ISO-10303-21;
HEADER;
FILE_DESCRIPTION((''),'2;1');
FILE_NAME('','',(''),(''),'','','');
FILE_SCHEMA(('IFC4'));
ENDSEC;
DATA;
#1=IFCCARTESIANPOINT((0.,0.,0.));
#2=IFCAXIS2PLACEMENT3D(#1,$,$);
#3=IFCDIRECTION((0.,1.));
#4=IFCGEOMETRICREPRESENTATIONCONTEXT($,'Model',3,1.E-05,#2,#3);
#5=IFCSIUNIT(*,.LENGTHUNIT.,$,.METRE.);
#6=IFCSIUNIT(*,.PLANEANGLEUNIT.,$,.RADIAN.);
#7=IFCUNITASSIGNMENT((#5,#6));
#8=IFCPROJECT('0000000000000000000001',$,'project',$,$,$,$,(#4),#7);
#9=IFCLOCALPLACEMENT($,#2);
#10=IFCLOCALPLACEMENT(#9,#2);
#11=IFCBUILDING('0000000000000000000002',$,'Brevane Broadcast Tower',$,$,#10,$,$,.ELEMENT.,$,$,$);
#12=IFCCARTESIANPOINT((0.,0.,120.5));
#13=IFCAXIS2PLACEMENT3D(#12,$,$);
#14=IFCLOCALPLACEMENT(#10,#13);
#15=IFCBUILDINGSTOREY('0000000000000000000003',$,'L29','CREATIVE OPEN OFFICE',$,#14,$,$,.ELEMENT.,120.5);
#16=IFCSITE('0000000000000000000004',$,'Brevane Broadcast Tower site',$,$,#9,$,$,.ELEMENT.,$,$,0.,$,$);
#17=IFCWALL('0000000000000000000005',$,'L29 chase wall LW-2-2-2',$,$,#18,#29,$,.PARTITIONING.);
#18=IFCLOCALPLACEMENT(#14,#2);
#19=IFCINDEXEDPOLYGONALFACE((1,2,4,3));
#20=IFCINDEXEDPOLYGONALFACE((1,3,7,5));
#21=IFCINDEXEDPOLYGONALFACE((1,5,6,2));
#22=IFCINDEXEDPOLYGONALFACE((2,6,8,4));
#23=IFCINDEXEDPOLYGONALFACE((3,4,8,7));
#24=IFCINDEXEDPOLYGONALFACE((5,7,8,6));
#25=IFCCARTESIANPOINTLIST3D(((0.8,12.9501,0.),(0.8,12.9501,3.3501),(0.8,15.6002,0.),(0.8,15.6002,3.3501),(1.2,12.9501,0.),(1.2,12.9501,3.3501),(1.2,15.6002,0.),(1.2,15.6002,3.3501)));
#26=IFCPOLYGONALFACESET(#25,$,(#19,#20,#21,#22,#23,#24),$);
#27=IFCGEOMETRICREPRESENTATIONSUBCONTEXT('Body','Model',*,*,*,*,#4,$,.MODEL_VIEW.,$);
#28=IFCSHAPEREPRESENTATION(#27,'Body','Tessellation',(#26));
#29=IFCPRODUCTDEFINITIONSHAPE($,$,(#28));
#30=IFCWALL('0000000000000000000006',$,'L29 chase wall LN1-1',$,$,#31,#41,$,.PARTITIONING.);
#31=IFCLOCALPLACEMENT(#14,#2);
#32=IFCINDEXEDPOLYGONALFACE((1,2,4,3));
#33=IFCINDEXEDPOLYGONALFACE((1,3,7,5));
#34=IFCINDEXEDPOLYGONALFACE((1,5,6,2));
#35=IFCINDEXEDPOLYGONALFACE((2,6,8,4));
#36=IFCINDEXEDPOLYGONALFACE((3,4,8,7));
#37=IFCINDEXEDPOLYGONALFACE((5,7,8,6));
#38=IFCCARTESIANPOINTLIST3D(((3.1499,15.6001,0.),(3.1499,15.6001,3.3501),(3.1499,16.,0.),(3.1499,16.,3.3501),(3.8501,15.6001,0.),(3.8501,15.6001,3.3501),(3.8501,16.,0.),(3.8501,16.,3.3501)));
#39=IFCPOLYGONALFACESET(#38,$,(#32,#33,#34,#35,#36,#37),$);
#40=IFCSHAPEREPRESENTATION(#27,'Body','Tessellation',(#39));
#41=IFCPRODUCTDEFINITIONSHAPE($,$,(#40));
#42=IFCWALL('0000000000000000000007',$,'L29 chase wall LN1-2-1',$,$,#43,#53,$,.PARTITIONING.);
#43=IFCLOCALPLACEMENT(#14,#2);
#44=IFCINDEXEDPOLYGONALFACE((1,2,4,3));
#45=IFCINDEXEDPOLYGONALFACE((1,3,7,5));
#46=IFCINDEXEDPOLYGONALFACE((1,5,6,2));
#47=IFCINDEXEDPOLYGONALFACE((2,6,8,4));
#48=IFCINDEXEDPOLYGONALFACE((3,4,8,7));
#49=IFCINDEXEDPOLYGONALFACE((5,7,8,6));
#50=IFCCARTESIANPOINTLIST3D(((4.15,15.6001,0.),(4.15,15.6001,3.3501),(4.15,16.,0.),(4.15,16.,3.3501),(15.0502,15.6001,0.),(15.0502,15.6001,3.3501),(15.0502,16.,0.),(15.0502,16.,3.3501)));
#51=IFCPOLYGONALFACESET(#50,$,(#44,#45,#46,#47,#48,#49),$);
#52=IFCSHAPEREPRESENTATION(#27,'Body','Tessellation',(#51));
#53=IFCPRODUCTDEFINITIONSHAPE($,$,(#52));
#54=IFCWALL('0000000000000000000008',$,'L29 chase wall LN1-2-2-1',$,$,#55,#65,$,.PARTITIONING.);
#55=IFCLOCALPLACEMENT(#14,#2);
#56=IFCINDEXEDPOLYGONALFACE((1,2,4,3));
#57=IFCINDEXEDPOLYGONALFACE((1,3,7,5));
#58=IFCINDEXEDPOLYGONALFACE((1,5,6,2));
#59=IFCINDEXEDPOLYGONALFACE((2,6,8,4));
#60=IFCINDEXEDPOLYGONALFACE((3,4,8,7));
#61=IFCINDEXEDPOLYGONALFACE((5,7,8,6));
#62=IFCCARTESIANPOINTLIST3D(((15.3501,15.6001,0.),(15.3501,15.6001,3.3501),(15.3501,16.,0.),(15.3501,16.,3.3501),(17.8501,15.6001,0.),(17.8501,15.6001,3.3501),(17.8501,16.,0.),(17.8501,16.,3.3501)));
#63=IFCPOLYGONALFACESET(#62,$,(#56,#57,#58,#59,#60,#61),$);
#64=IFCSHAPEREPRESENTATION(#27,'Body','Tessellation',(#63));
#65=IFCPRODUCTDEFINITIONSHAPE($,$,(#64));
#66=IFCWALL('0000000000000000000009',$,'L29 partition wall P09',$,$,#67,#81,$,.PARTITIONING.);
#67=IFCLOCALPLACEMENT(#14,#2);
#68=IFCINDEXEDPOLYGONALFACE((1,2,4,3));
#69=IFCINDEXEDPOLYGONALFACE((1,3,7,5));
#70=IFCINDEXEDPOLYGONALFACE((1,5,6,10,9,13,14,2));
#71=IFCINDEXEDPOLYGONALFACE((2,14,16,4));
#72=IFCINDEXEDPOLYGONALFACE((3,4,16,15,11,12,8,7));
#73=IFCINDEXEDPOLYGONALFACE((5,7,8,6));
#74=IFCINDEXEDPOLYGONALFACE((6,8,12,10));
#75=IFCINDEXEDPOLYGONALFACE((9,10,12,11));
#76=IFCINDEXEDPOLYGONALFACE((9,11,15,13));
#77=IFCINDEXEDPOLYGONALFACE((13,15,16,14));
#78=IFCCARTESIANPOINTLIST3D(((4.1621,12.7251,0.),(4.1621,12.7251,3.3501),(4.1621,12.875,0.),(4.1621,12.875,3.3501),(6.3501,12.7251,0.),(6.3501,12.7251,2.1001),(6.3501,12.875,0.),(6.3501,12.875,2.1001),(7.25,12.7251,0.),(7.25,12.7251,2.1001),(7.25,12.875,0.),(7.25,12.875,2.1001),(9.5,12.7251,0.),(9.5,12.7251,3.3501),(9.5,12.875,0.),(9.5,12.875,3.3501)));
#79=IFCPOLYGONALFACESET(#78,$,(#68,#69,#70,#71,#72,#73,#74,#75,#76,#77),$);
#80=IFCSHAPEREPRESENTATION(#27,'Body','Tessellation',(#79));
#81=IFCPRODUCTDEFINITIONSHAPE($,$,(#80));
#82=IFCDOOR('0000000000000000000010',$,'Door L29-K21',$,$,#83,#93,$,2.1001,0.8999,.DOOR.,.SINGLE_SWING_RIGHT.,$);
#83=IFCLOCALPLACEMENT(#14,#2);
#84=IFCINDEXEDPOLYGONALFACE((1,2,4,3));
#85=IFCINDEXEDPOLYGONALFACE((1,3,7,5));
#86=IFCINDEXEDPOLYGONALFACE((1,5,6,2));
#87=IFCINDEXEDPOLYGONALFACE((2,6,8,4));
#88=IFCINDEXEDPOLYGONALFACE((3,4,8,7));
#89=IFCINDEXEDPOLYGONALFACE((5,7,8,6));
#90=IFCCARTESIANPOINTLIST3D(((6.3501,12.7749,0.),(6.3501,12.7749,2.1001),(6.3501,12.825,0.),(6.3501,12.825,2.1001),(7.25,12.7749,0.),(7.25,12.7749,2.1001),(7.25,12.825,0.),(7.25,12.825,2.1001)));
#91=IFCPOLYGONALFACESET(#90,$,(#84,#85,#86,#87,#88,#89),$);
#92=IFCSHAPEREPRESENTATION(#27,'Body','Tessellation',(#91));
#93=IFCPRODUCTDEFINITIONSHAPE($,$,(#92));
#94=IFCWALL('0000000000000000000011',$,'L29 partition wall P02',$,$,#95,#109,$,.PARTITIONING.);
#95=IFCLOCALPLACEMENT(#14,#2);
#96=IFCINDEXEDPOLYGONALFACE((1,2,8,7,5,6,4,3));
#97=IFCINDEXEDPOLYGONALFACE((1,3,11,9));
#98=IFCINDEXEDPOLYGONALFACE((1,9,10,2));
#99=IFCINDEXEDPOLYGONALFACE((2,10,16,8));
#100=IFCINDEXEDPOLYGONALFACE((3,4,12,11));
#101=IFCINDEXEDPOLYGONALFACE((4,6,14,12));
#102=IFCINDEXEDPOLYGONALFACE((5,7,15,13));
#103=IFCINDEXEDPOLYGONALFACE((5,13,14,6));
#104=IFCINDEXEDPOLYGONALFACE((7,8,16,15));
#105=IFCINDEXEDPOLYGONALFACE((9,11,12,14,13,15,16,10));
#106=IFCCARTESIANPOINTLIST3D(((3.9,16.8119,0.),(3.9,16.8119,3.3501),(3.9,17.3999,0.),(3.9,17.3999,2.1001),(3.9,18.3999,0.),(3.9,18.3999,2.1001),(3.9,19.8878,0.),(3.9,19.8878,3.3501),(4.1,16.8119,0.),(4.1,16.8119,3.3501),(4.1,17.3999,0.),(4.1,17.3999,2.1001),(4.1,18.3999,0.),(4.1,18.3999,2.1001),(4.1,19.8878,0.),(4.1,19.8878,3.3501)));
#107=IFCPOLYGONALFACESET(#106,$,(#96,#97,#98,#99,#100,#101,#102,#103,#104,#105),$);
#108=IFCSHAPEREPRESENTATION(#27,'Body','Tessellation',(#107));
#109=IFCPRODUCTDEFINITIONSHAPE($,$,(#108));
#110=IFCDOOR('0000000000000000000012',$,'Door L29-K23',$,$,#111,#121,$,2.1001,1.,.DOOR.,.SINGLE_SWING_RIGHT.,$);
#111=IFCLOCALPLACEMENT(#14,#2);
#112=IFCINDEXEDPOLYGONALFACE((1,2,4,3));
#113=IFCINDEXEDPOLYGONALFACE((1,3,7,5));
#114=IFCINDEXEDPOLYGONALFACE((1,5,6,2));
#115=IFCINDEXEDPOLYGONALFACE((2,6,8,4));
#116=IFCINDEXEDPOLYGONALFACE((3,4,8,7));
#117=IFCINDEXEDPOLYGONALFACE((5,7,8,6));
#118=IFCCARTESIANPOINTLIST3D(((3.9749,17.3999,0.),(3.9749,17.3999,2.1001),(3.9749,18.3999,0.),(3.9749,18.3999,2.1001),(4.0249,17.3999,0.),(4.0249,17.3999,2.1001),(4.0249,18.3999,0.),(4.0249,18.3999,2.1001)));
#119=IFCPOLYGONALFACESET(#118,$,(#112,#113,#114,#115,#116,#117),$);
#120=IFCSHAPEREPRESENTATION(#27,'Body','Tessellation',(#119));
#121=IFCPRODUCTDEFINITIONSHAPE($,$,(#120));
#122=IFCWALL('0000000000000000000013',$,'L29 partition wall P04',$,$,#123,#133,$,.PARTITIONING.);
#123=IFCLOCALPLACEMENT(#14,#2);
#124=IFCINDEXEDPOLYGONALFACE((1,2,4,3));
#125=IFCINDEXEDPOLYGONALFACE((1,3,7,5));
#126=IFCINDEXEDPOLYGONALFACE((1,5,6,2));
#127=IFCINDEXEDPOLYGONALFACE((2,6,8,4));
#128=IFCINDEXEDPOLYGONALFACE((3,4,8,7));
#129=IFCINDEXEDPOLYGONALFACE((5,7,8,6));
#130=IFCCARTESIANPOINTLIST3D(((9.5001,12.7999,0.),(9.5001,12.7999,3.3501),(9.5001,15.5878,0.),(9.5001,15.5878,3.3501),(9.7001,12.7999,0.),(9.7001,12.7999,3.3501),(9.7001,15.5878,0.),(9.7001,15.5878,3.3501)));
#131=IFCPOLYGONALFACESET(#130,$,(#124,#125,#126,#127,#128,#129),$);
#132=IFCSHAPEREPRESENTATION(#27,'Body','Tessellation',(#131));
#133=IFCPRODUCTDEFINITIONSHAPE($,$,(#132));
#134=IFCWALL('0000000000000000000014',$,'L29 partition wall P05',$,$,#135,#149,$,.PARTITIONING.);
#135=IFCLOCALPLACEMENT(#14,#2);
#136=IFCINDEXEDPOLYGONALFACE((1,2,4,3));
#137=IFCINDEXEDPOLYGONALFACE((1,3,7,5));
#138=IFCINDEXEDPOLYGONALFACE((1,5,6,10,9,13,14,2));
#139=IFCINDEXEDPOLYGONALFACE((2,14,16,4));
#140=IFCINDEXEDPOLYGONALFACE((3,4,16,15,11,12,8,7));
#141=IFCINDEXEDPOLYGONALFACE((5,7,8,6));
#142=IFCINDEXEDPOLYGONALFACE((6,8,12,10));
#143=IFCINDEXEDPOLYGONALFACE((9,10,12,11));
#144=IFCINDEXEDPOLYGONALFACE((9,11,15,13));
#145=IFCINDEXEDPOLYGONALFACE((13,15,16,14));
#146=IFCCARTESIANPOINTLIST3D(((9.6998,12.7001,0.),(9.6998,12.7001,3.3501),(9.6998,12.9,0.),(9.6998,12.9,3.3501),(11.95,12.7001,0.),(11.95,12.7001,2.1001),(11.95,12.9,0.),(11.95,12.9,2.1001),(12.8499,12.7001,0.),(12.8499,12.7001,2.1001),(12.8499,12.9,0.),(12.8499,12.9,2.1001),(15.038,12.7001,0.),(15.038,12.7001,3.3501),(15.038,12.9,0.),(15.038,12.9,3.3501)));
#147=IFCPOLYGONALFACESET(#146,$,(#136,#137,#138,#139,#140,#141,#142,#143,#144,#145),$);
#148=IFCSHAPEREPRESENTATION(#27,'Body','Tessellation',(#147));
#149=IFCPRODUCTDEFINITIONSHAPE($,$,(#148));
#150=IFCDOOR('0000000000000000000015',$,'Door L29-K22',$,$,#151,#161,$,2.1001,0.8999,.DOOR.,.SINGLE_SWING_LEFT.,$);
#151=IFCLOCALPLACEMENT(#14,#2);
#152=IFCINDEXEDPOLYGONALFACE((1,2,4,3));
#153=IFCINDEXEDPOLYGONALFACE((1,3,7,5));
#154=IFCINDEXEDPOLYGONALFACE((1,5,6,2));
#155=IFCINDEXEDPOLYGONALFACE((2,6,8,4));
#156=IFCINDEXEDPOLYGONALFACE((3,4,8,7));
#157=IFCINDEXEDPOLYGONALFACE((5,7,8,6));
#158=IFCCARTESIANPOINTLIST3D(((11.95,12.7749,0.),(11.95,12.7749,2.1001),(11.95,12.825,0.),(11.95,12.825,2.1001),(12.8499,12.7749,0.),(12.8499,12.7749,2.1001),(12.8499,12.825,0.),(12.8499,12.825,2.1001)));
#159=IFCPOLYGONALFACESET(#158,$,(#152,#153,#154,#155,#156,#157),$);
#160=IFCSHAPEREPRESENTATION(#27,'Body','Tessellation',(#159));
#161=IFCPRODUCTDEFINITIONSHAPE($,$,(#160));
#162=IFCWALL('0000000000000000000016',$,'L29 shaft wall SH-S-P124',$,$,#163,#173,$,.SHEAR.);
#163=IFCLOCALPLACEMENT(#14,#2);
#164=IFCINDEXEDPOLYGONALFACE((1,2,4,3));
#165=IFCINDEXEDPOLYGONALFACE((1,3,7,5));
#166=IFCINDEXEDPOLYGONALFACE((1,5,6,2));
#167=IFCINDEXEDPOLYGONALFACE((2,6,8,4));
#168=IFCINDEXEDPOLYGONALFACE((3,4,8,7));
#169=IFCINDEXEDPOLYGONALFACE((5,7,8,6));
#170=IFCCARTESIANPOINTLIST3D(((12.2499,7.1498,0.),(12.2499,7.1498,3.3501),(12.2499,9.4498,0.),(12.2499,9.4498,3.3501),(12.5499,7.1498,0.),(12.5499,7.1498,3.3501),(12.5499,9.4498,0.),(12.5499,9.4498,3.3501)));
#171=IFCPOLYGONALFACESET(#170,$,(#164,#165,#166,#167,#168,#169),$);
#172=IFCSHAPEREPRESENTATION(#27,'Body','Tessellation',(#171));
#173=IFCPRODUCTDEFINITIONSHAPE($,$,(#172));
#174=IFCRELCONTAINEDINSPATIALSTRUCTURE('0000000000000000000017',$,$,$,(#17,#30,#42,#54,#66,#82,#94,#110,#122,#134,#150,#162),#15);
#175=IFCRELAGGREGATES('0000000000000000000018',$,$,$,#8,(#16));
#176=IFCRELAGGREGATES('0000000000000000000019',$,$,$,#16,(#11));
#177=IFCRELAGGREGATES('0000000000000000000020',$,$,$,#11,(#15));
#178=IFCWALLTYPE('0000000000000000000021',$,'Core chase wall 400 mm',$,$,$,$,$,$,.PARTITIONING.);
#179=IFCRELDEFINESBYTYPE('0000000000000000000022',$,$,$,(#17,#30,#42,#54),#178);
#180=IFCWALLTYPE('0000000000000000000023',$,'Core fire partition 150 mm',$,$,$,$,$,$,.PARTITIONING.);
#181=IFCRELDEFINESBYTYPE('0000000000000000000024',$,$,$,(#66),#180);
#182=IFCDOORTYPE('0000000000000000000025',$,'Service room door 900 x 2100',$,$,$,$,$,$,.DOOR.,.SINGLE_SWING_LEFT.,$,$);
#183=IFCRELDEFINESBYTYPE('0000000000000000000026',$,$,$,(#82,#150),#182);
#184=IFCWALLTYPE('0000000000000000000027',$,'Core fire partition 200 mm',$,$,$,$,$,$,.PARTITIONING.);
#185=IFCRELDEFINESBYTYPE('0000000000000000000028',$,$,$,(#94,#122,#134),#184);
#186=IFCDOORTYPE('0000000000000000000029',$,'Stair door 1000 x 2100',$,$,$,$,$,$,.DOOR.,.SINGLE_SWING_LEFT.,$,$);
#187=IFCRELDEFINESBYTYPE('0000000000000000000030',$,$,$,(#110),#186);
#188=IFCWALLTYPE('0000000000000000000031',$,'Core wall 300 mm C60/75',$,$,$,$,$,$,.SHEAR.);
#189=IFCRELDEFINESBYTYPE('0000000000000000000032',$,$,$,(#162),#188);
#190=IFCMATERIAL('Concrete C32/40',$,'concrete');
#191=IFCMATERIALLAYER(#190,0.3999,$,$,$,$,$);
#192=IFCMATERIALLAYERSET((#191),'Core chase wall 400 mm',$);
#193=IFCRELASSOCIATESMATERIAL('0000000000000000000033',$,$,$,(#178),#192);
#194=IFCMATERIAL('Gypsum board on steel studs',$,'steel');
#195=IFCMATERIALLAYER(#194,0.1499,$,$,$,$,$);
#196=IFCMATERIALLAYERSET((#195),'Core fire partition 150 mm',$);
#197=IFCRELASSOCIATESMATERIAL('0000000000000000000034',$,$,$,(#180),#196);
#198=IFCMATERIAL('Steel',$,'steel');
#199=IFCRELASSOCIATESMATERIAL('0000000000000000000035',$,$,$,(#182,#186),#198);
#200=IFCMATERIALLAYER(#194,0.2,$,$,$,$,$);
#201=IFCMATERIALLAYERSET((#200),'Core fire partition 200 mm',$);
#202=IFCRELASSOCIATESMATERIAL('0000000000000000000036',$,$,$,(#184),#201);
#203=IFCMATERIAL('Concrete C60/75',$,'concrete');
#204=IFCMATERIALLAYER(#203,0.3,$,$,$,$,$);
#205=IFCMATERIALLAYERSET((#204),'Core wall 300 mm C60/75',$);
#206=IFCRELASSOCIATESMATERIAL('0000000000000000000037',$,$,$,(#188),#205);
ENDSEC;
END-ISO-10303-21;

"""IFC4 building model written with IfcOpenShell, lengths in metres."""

from ifc_helpers import new_model, si_unit, direction, frame, frame_2d, origin, place, context, subcontext, project, spatial, rectangle, extrude, material, layer, layer_set, type_object, element, fill, save


model = new_model("IFC4")

# Units and contexts
model_context = context("Model", 3, precision=1e-05, world=origin(), true_north=direction((0.0, 1.0)))
body_context = subcontext(model_context, "Body", "Model", "MODEL_VIEW")
ifc_project = project(units=[si_unit("LENGTHUNIT", "METRE"), si_unit("PLANEANGLEUNIT", "RADIAN")], contexts=[model_context])

# Site, building, storey
site_placement = place(None, origin())
site = spatial("IfcSite", under=ifc_project, at=site_placement, Name="Brevane Broadcast Tower site", CompositionType="ELEMENT", RefElevation=0.0)
building_placement = place(site_placement, origin())
building = spatial("IfcBuilding", under=site, at=building_placement, Name="Brevane Broadcast Tower", CompositionType="ELEMENT")
storey_placement = place(building_placement, frame((0.0, 0.0, 120.5)))
storey = spatial("IfcBuildingStorey", under=building, at=storey_placement, Name="L29", Description="CREATIVE OPEN OFFICE", CompositionType="ELEMENT", Elevation=120.5)

# Walls
ifc_material_1 = material(Name="Concrete C32/40", Category="concrete")
ifc_layer_1 = layer(ifc_material_1, 0.3999)
ifc_layer_set_1 = layer_set([ifc_layer_1], Name="Core chase wall 400 mm")
wall_type_1 = type_object("IfcWallType", Name="Core chase wall 400 mm", PredefinedType="PARTITIONING", material=ifc_layer_set_1)
wall_1_placement = place(storey_placement, frame((1.0, 12.95, 0.0), z_axis=(0.0, 0.0, 1.0), x_axis=(0.0, 1.0, 0.0)))
element("IfcWall", 1, at=wall_1_placement, inside=storey, type_object=wall_type_1, Name="L29 chase wall LW-2-2-2", PredefinedType="PARTITIONING", context=body_context, shape_type="SweptSolid", body=[
    extrude(rectangle(XDim=2.6501, YDim=0.3999, at=frame_2d((1.3252, 0.0))), origin(), (0.0, 0.0, 1.0), 3.3501),
])
wall_2_placement = place(storey_placement, frame((3.1499, 15.8, 0.0), z_axis=(0.0, 0.0, 1.0), x_axis=(1.0, 0.0, 0.0)))
element("IfcWall", 2, at=wall_2_placement, inside=storey, type_object=wall_type_1, Name="L29 chase wall LN1-1", PredefinedType="PARTITIONING", context=body_context, shape_type="SweptSolid", body=[
    extrude(rectangle(XDim=0.7002, YDim=0.3999, at=frame_2d((0.3501, 0.0))), origin(), (0.0, 0.0, 1.0), 3.3501),
])
wall_3_placement = place(storey_placement, frame((4.1499, 15.8, 0.0), z_axis=(0.0, 0.0, 1.0), x_axis=(1.0, 0.0, 0.0)))
element("IfcWall", 3, at=wall_3_placement, inside=storey, type_object=wall_type_1, Name="L29 chase wall LN1-2-1", PredefinedType="PARTITIONING", context=body_context, shape_type="SweptSolid", body=[
    extrude(rectangle(XDim=10.9001, YDim=0.3999, at=frame_2d((5.4502, 0.0))), origin(), (0.0, 0.0, 1.0), 3.3501),
])
wall_4_placement = place(storey_placement, frame((15.3501, 15.8, 0.0), z_axis=(0.0, 0.0, 1.0), x_axis=(1.0, 0.0, 0.0)))
element("IfcWall", 4, at=wall_4_placement, inside=storey, type_object=wall_type_1, Name="L29 chase wall LN1-2-2-1", PredefinedType="PARTITIONING", context=body_context, shape_type="SweptSolid", body=[
    extrude(rectangle(XDim=2.5, YDim=0.3999, at=frame_2d((1.25, 0.0))), origin(), (0.0, 0.0, 1.0), 3.3501),
])

# Walls, openings, doors
ifc_material_2 = material(Name="Gypsum board on steel studs", Category="steel")
ifc_layer_2 = layer(ifc_material_2, 0.1499)
ifc_layer_set_2 = layer_set([ifc_layer_2], Name="Core fire partition 150 mm")
wall_type_2 = type_object("IfcWallType", Name="Core fire partition 150 mm", PredefinedType="PARTITIONING", material=ifc_layer_set_2)
wall_5_placement = place(storey_placement, frame((4.1621, 12.8, 0.0), z_axis=(0.0, 0.0, 1.0), x_axis=(1.0, 0.0, 0.0)))
wall_5 = element("IfcWall", 5, at=wall_5_placement, inside=storey, type_object=wall_type_2, Name="L29 partition wall P09", PredefinedType="PARTITIONING", context=body_context, shape_type="SweptSolid", body=[
    extrude(rectangle(XDim=5.3379, YDim=0.1499, at=frame_2d((2.6689, 0.0))), origin(), (0.0, 0.0, 1.0), 3.3501),
])
opening_1_placement = place(wall_5_placement, frame((2.188, 0.0, 0.0)))
opening_1 = element("IfcOpeningElement", 6, at=opening_1_placement, cuts=wall_5, PredefinedType="OPENING", context=body_context, shape_type="SweptSolid", body=[
    extrude(rectangle(XDim=0.8999, YDim=2.1001, at=frame_2d((0.45, 1.05))), frame((0.0, 0.085, 0.0), z_axis=(0.0, -1.0, 0.0), x_axis=(1.0, 0.0, 0.0)), (0.0, 0.0, 1.0), 0.1699),
])
ifc_material_3 = material(Name="Steel", Category="steel")
door_type_1 = type_object("IfcDoorType", Name="Service room door 900 x 2100", OperationType="SINGLE_SWING_LEFT", PredefinedType="DOOR", material=ifc_material_3)
door_1_placement = place(opening_1_placement, origin())
door_1 = element("IfcDoor", 7, at=door_1_placement, inside=storey, type_object=door_type_1, Name="Door L29-K21", OperationType="SINGLE_SWING_RIGHT", OverallHeight=2.1001, OverallWidth=0.8999, PredefinedType="DOOR", context=body_context, shape_type="SweptSolid", body=[
    extrude(rectangle(XDim=0.8999, YDim=2.1001, at=frame_2d((0.45, 1.05))), frame((0.0, 0.0249, 0.0), z_axis=(0.0, -1.0, 0.0), x_axis=(1.0, 0.0, 0.0)), (0.0, 0.0, 1.0), 0.05),
])
fill(opening_1, door_1)
ifc_layer_3 = layer(ifc_material_2, 0.2)
ifc_layer_set_3 = layer_set([ifc_layer_3], Name="Core fire partition 200 mm")
wall_type_3 = type_object("IfcWallType", Name="Core fire partition 200 mm", PredefinedType="PARTITIONING", material=ifc_layer_set_3)
wall_6_placement = place(storey_placement, frame((4.0, 19.8879, 0.0), z_axis=(0.0, 0.0, 1.0), x_axis=(0.0, -1.0, 0.0)))
wall_6 = element("IfcWall", 8, at=wall_6_placement, inside=storey, type_object=wall_type_3, Name="L29 partition wall P02", PredefinedType="PARTITIONING", context=body_context, shape_type="SweptSolid", body=[
    extrude(rectangle(XDim=3.0759, YDim=0.2, at=frame_2d((1.5381, 0.0))), origin(), (0.0, 0.0, 1.0), 3.3501),
])
opening_2_placement = place(wall_6_placement, frame((1.488, 0.0, 0.0)))
opening_2 = element("IfcOpeningElement", 9, at=opening_2_placement, cuts=wall_6, PredefinedType="OPENING", context=body_context, shape_type="SweptSolid", body=[
    extrude(rectangle(XDim=1.0, YDim=2.1001, at=frame_2d((0.5, 1.05))), frame((0.0, 0.1099, 0.0), z_axis=(0.0, -1.0, 0.0), x_axis=(1.0, 0.0, 0.0)), (0.0, 0.0, 1.0), 0.22),
])
door_type_2 = type_object("IfcDoorType", Name="Stair door 1000 x 2100", OperationType="SINGLE_SWING_LEFT", PredefinedType="DOOR", material=ifc_material_3)
door_2_placement = place(opening_2_placement, origin())
door_2 = element("IfcDoor", 10, at=door_2_placement, inside=storey, type_object=door_type_2, Name="Door L29-K23", OperationType="SINGLE_SWING_RIGHT", OverallHeight=2.1001, OverallWidth=1.0, PredefinedType="DOOR", context=body_context, shape_type="SweptSolid", body=[
    extrude(rectangle(XDim=1.0, YDim=2.1001, at=frame_2d((0.5, 1.05))), frame((0.0, 0.0249, 0.0), z_axis=(0.0, -1.0, 0.0), x_axis=(1.0, 0.0, 0.0)), (0.0, 0.0, 1.0), 0.05),
])
fill(opening_2, door_2)

# Wall
wall_7_placement = place(storey_placement, frame((9.6001, 15.5879, 0.0), z_axis=(0.0, 0.0, 1.0), x_axis=(0.0, -1.0, 0.0)))
element("IfcWall", 11, at=wall_7_placement, inside=storey, type_object=wall_type_3, Name="L29 partition wall P04", PredefinedType="PARTITIONING", context=body_context, shape_type="SweptSolid", body=[
    extrude(rectangle(XDim=2.7878, YDim=0.2, at=frame_2d((1.394, 0.0))), origin(), (0.0, 0.0, 1.0), 3.3501),
])

# Wall, opening, door
wall_8_placement = place(storey_placement, frame((9.7, 12.8, 0.0), z_axis=(0.0, 0.0, 1.0), x_axis=(1.0, 0.0, 0.0)))
wall_8 = element("IfcWall", 12, at=wall_8_placement, inside=storey, type_object=wall_type_3, Name="L29 partition wall P05", PredefinedType="PARTITIONING", context=body_context, shape_type="SweptSolid", body=[
    extrude(rectangle(XDim=5.3381, YDim=0.2, at=frame_2d((2.6689, 0.0))), origin(), (0.0, 0.0, 1.0), 3.3501),
])
opening_3_placement = place(wall_8_placement, frame((2.25, 0.0, 0.0)))
opening_3 = element("IfcOpeningElement", 13, at=opening_3_placement, cuts=wall_8, PredefinedType="OPENING", context=body_context, shape_type="SweptSolid", body=[
    extrude(rectangle(XDim=0.8999, YDim=2.1001, at=frame_2d((0.45, 1.05))), frame((0.0, 0.1099, 0.0), z_axis=(0.0, -1.0, 0.0), x_axis=(1.0, 0.0, 0.0)), (0.0, 0.0, 1.0), 0.22),
])
door_3_placement = place(opening_3_placement, origin())
door_3 = element("IfcDoor", 14, at=door_3_placement, inside=storey, type_object=door_type_1, Name="Door L29-K22", OperationType="SINGLE_SWING_LEFT", OverallHeight=2.1001, OverallWidth=0.8999, PredefinedType="DOOR", context=body_context, shape_type="SweptSolid", body=[
    extrude(rectangle(XDim=0.8999, YDim=2.1001, at=frame_2d((0.45, 1.05))), frame((0.0, 0.0249, 0.0), z_axis=(0.0, -1.0, 0.0), x_axis=(1.0, 0.0, 0.0)), (0.0, 0.0, 1.0), 0.05),
])
fill(opening_3, door_3)

# Wall
ifc_material_4 = material(Name="Concrete C60/75", Category="concrete")
ifc_layer_4 = layer(ifc_material_4, 0.3)
ifc_layer_set_4 = layer_set([ifc_layer_4], Name="Core wall 300 mm C60/75")
wall_type_4 = type_object("IfcWallType", Name="Core wall 300 mm C60/75", PredefinedType="SHEAR", material=ifc_layer_set_4)
for number, where, z_axis, x_axis, name in (
    (15, (12.3999, 7.1499, 0.0), (0.0, 0.0, 1.0), (0.0, 1.0, 0.0), "L29 shaft wall SH-S-P124"),
):
    element("IfcWall", number, at=place(storey_placement, frame(where, z_axis=z_axis, x_axis=x_axis)), inside=storey, type_object=wall_type_4, Name=name, PredefinedType="SHEAR", context=body_context, shape_type="SweptSolid", body=[
        extrude(rectangle(XDim=2.3, YDim=0.3, at=frame_2d((1.1499, 0.0))), origin(), (0.0, 0.0, 1.0), 3.3501),
    ])

save(model, "model.ifc")
